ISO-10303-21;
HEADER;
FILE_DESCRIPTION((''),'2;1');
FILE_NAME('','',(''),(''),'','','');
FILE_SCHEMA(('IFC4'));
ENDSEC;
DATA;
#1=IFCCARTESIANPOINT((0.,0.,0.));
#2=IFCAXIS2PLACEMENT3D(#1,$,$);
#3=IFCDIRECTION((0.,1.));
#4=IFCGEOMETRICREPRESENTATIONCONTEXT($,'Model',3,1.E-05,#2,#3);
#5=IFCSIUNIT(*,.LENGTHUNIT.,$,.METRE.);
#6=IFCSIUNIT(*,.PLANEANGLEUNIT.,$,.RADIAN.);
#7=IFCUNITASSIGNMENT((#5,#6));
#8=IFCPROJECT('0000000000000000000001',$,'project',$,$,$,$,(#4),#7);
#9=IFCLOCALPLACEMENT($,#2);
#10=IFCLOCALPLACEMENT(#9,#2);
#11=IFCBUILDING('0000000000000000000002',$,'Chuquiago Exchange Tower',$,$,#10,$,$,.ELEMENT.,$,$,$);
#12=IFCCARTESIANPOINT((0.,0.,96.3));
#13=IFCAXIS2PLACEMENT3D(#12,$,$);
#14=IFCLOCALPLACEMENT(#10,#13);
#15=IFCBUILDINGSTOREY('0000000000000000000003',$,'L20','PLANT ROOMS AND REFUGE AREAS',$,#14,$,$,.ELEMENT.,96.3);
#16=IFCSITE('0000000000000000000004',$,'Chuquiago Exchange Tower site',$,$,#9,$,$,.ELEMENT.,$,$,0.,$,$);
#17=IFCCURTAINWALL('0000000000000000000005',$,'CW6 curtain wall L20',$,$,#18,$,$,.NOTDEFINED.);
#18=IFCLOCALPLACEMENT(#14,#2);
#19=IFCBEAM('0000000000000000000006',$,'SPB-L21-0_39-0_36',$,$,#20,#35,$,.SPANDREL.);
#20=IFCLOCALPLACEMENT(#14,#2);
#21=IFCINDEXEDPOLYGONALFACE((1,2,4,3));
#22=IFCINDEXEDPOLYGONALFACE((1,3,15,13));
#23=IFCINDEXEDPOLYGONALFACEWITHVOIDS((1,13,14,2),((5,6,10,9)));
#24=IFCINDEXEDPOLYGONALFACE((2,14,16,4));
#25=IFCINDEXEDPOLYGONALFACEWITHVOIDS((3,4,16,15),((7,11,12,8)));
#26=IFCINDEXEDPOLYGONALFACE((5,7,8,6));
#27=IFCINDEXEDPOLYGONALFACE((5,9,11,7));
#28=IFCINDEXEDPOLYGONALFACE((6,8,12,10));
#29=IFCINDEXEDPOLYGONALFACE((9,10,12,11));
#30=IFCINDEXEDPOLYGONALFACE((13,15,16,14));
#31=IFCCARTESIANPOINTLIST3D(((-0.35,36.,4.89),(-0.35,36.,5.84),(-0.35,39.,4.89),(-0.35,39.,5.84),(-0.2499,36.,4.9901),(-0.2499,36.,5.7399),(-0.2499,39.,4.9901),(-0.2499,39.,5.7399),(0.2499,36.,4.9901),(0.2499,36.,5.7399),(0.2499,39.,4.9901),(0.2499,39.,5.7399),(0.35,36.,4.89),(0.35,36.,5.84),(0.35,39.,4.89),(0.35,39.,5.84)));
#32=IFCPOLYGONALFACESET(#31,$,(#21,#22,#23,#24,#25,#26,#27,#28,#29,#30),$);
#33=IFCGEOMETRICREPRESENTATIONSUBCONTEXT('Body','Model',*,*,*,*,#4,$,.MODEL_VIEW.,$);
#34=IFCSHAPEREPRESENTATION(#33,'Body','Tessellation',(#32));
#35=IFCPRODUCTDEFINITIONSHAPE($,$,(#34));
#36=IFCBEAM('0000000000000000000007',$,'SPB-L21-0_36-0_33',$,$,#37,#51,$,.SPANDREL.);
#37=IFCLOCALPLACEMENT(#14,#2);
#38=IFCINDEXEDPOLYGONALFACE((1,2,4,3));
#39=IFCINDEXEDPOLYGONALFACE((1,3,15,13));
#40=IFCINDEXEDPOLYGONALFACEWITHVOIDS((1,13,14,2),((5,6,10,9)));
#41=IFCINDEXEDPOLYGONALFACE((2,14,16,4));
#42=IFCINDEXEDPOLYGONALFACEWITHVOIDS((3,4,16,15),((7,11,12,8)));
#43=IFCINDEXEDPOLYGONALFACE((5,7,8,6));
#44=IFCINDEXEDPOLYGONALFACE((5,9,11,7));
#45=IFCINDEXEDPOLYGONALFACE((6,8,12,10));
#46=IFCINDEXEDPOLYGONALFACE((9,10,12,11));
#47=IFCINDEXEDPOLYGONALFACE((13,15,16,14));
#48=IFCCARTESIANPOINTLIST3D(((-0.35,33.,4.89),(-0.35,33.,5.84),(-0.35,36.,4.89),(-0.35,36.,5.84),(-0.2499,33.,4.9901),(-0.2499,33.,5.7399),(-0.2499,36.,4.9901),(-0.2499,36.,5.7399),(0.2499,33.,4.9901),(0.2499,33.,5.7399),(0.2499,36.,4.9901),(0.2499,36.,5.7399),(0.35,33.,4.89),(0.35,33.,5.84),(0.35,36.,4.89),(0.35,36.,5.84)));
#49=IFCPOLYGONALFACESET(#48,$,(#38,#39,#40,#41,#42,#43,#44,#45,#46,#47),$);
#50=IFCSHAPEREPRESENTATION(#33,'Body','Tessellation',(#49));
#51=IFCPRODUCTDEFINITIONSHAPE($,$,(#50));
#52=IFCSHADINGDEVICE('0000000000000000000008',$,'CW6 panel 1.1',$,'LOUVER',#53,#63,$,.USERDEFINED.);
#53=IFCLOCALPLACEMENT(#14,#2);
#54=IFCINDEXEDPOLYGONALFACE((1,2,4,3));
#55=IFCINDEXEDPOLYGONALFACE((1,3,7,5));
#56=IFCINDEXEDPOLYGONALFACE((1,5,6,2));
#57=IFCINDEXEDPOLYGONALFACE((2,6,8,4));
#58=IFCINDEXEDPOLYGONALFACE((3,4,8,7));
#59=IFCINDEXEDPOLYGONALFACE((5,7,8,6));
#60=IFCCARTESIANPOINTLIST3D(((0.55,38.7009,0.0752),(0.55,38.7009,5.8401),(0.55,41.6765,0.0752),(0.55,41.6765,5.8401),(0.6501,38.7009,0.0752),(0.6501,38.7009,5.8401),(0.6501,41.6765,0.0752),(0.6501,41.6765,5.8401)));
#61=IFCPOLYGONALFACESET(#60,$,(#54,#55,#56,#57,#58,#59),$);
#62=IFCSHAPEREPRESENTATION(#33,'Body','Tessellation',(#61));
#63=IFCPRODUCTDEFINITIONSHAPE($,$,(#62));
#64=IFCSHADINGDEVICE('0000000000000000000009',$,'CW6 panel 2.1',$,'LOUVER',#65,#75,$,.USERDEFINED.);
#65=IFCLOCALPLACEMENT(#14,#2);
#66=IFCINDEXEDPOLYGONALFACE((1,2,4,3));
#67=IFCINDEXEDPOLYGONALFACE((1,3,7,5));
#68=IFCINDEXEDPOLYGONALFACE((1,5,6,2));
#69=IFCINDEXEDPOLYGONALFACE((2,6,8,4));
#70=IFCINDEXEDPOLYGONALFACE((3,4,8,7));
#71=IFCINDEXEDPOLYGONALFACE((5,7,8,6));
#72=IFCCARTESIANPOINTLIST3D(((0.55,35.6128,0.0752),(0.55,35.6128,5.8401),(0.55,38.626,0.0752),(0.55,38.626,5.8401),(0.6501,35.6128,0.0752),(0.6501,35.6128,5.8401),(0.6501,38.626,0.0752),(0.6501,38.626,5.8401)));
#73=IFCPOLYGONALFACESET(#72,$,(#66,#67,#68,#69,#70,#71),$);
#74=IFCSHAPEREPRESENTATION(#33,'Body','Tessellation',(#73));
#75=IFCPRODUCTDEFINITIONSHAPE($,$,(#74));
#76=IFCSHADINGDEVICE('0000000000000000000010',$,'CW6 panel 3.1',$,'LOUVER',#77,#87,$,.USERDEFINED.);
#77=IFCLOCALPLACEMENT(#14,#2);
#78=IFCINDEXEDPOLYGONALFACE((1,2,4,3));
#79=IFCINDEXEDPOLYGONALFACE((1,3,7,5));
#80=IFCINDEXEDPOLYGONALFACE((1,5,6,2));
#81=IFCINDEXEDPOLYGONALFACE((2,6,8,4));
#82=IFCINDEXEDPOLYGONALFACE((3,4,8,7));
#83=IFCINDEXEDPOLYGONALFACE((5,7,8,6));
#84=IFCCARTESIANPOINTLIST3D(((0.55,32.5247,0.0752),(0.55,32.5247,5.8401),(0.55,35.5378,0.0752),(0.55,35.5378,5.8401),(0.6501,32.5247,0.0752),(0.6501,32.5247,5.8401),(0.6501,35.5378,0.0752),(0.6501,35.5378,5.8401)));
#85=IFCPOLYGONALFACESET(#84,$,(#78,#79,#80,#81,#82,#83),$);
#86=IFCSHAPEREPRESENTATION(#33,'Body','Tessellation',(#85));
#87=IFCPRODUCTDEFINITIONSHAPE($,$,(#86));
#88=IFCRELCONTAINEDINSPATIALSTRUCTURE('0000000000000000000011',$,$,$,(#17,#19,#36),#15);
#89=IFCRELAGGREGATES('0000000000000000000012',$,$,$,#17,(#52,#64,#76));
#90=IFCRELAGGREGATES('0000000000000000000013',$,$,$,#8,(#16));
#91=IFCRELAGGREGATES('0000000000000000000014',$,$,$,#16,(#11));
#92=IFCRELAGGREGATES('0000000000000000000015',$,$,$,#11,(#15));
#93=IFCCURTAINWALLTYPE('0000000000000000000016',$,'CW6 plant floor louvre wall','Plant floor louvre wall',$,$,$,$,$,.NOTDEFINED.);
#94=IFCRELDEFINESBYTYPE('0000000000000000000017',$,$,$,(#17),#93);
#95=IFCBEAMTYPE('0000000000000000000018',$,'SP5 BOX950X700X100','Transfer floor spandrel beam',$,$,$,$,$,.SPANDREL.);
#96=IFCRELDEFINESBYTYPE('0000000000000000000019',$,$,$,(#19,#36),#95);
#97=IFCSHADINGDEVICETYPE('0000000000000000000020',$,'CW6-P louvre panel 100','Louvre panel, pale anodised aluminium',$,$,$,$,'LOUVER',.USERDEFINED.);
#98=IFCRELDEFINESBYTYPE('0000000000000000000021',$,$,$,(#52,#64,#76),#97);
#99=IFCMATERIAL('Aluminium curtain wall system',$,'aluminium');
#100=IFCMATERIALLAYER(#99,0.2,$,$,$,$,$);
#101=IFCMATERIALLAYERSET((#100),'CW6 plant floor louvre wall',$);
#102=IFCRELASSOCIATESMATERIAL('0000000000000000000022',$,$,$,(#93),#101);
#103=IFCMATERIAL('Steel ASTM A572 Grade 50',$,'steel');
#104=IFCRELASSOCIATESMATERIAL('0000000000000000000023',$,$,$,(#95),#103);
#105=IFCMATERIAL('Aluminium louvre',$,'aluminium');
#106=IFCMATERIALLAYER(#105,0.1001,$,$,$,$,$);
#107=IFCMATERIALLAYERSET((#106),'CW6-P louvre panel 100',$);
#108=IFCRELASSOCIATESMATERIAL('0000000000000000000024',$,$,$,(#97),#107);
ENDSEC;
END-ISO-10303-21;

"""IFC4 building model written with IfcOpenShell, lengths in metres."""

from ifc_helpers import new_model, si_unit, direction, frame, origin, origin_2d, place, context, subcontext, project, spatial, rectangle, hollow_rectangle, extrude, material, layer, layer_set, material_profile, profile_set, type_object, element, aggregate, save


model = new_model("IFC4")

# Units and contexts
model_context = context("Model", 3, precision=1e-05, world=origin(), true_north=direction((0.0, 1.0)))
body_context = subcontext(model_context, "Body", "Model", "MODEL_VIEW")
ifc_project = project(units=[si_unit("LENGTHUNIT", "METRE"), si_unit("PLANEANGLEUNIT", "RADIAN")], contexts=[model_context])

# Site, building, storey
site_placement = place(None, origin())
site = spatial("IfcSite", under=ifc_project, at=site_placement, Name="Chuquiago Exchange Tower site", CompositionType="ELEMENT", RefElevation=0.0)
building_placement = place(site_placement, origin())
building = spatial("IfcBuilding", under=site, at=building_placement, Name="Chuquiago Exchange Tower", CompositionType="ELEMENT")
storey_placement = place(building_placement, frame((0.0, 0.0, 96.3)))
storey = spatial("IfcBuildingStorey", under=building, at=storey_placement, Name="L20", Description="PLANT ROOMS AND REFUGE AREAS", CompositionType="ELEMENT", Elevation=96.3)

# Shared definitions
ifc_material_1 = material(Name="Aluminium curtain wall system", Category="aluminium")
ifc_layer_1 = layer(ifc_material_1, 0.2)
ifc_layer_set_1 = layer_set([ifc_layer_1], Name="CW6 plant floor louvre wall")
curtain_wall_type = type_object("IfcCurtainWallType", Name="CW6 plant floor louvre wall", Description="Plant floor louvre wall", PredefinedType="NOTDEFINED", material=ifc_layer_set_1)

# Curtain wall
curtain_wall_1_placement = place(storey_placement, origin())
curtain_wall_1 = element("IfcCurtainWall", 1, at=curtain_wall_1_placement, inside=storey, type_object=curtain_wall_type, Name="CW6 curtain wall L20", PredefinedType="NOTDEFINED")

# Beams
ifc_material_2 = material(Name="Steel ASTM A572 Grade 50", Category="steel")
ifc_material_profile_1 = material_profile(ifc_material_2, hollow_rectangle(XDim=0.7, YDim=0.95, WallThickness=0.1001, at=origin_2d()), Name="BOX950X700X100")
ifc_profile_set_1 = profile_set([ifc_material_profile_1], Name="Steel ASTM A572 Grade 50")
beam_type = type_object("IfcBeamType", Name="SP5 BOX950X700X100", Description="Transfer floor spandrel beam", PredefinedType="SPANDREL", material=ifc_profile_set_1)
for number, where, z_axis, x_axis, name in (
    (2, (0.0, 39.0, 5.365), (0.0, -1.0, 0.0), (1.0, 0.0, 0.0), "SPB-L21-0_39-0_36"),
    (3, (0.0, 36.0, 5.365), (0.0, -1.0, 0.0), (1.0, 0.0, 0.0), "SPB-L21-0_36-0_33"),
):
    element("IfcBeam", number, at=place(storey_placement, frame(where, z_axis=z_axis, x_axis=x_axis)), inside=storey, type_object=beam_type, Name=name, PredefinedType="SPANDREL", context=body_context, shape_type="SweptSolid", body=[
        extrude(hollow_rectangle(XDim=0.7, YDim=0.95, WallThickness=0.1001, at=origin_2d()), origin(), (0.0, 0.0, 1.0), 3.0),
    ])

# Shading devices
ifc_material_3 = material(Name="Aluminium louvre", Category="aluminium")
ifc_layer_2 = layer(ifc_material_3, 0.1001)
ifc_layer_set_2 = layer_set([ifc_layer_2], Name="CW6-P louvre panel 100")
shading_device_type = type_object("IfcShadingDeviceType", Name="CW6-P louvre panel 100", Description="Louvre panel, pale anodised aluminium", ElementType="LOUVER", PredefinedType="USERDEFINED", material=ifc_layer_set_2)
shading_device_1_placement = place(storey_placement, frame((0.6001, 40.1887, 0.0752), z_axis=(0.0, 0.0, 1.0), x_axis=(0.0, -1.0, 0.0)))
shading_device_1 = element("IfcShadingDevice", 4, at=shading_device_1_placement, type_object=shading_device_type, Name="CW6 panel 1.1", ObjectType="LOUVER", PredefinedType="USERDEFINED", context=body_context, shape_type="SweptSolid", body=[
    extrude(rectangle(XDim=2.9756, YDim=0.1001, at=origin_2d()), origin(), (0.0, 0.0, 1.0), 5.7649),
])
shading_device_2_placement = place(storey_placement, frame((0.6001, 37.1194, 0.0752), z_axis=(0.0, 0.0, 1.0), x_axis=(0.0, -1.0, 0.0)))
shading_device_2 = element("IfcShadingDevice", 5, at=shading_device_2_placement, type_object=shading_device_type, Name="CW6 panel 2.1", ObjectType="LOUVER", PredefinedType="USERDEFINED", context=body_context, shape_type="SweptSolid", body=[
    extrude(rectangle(XDim=3.0132, YDim=0.1001, at=origin_2d()), origin(), (0.0, 0.0, 1.0), 5.7649),
])
shading_device_3_placement = place(storey_placement, frame((0.6001, 34.0312, 0.0752), z_axis=(0.0, 0.0, 1.0), x_axis=(0.0, -1.0, 0.0)))
shading_device_3 = element("IfcShadingDevice", 6, at=shading_device_3_placement, type_object=shading_device_type, Name="CW6 panel 3.1", ObjectType="LOUVER", PredefinedType="USERDEFINED", context=body_context, shape_type="SweptSolid", body=[
    extrude(rectangle(XDim=3.0132, YDim=0.1001, at=origin_2d()), origin(), (0.0, 0.0, 1.0), 5.7649),
])
aggregate(curtain_wall_1, [shading_device_1, shading_device_2, shading_device_3])

save(model, "model.ifc")
